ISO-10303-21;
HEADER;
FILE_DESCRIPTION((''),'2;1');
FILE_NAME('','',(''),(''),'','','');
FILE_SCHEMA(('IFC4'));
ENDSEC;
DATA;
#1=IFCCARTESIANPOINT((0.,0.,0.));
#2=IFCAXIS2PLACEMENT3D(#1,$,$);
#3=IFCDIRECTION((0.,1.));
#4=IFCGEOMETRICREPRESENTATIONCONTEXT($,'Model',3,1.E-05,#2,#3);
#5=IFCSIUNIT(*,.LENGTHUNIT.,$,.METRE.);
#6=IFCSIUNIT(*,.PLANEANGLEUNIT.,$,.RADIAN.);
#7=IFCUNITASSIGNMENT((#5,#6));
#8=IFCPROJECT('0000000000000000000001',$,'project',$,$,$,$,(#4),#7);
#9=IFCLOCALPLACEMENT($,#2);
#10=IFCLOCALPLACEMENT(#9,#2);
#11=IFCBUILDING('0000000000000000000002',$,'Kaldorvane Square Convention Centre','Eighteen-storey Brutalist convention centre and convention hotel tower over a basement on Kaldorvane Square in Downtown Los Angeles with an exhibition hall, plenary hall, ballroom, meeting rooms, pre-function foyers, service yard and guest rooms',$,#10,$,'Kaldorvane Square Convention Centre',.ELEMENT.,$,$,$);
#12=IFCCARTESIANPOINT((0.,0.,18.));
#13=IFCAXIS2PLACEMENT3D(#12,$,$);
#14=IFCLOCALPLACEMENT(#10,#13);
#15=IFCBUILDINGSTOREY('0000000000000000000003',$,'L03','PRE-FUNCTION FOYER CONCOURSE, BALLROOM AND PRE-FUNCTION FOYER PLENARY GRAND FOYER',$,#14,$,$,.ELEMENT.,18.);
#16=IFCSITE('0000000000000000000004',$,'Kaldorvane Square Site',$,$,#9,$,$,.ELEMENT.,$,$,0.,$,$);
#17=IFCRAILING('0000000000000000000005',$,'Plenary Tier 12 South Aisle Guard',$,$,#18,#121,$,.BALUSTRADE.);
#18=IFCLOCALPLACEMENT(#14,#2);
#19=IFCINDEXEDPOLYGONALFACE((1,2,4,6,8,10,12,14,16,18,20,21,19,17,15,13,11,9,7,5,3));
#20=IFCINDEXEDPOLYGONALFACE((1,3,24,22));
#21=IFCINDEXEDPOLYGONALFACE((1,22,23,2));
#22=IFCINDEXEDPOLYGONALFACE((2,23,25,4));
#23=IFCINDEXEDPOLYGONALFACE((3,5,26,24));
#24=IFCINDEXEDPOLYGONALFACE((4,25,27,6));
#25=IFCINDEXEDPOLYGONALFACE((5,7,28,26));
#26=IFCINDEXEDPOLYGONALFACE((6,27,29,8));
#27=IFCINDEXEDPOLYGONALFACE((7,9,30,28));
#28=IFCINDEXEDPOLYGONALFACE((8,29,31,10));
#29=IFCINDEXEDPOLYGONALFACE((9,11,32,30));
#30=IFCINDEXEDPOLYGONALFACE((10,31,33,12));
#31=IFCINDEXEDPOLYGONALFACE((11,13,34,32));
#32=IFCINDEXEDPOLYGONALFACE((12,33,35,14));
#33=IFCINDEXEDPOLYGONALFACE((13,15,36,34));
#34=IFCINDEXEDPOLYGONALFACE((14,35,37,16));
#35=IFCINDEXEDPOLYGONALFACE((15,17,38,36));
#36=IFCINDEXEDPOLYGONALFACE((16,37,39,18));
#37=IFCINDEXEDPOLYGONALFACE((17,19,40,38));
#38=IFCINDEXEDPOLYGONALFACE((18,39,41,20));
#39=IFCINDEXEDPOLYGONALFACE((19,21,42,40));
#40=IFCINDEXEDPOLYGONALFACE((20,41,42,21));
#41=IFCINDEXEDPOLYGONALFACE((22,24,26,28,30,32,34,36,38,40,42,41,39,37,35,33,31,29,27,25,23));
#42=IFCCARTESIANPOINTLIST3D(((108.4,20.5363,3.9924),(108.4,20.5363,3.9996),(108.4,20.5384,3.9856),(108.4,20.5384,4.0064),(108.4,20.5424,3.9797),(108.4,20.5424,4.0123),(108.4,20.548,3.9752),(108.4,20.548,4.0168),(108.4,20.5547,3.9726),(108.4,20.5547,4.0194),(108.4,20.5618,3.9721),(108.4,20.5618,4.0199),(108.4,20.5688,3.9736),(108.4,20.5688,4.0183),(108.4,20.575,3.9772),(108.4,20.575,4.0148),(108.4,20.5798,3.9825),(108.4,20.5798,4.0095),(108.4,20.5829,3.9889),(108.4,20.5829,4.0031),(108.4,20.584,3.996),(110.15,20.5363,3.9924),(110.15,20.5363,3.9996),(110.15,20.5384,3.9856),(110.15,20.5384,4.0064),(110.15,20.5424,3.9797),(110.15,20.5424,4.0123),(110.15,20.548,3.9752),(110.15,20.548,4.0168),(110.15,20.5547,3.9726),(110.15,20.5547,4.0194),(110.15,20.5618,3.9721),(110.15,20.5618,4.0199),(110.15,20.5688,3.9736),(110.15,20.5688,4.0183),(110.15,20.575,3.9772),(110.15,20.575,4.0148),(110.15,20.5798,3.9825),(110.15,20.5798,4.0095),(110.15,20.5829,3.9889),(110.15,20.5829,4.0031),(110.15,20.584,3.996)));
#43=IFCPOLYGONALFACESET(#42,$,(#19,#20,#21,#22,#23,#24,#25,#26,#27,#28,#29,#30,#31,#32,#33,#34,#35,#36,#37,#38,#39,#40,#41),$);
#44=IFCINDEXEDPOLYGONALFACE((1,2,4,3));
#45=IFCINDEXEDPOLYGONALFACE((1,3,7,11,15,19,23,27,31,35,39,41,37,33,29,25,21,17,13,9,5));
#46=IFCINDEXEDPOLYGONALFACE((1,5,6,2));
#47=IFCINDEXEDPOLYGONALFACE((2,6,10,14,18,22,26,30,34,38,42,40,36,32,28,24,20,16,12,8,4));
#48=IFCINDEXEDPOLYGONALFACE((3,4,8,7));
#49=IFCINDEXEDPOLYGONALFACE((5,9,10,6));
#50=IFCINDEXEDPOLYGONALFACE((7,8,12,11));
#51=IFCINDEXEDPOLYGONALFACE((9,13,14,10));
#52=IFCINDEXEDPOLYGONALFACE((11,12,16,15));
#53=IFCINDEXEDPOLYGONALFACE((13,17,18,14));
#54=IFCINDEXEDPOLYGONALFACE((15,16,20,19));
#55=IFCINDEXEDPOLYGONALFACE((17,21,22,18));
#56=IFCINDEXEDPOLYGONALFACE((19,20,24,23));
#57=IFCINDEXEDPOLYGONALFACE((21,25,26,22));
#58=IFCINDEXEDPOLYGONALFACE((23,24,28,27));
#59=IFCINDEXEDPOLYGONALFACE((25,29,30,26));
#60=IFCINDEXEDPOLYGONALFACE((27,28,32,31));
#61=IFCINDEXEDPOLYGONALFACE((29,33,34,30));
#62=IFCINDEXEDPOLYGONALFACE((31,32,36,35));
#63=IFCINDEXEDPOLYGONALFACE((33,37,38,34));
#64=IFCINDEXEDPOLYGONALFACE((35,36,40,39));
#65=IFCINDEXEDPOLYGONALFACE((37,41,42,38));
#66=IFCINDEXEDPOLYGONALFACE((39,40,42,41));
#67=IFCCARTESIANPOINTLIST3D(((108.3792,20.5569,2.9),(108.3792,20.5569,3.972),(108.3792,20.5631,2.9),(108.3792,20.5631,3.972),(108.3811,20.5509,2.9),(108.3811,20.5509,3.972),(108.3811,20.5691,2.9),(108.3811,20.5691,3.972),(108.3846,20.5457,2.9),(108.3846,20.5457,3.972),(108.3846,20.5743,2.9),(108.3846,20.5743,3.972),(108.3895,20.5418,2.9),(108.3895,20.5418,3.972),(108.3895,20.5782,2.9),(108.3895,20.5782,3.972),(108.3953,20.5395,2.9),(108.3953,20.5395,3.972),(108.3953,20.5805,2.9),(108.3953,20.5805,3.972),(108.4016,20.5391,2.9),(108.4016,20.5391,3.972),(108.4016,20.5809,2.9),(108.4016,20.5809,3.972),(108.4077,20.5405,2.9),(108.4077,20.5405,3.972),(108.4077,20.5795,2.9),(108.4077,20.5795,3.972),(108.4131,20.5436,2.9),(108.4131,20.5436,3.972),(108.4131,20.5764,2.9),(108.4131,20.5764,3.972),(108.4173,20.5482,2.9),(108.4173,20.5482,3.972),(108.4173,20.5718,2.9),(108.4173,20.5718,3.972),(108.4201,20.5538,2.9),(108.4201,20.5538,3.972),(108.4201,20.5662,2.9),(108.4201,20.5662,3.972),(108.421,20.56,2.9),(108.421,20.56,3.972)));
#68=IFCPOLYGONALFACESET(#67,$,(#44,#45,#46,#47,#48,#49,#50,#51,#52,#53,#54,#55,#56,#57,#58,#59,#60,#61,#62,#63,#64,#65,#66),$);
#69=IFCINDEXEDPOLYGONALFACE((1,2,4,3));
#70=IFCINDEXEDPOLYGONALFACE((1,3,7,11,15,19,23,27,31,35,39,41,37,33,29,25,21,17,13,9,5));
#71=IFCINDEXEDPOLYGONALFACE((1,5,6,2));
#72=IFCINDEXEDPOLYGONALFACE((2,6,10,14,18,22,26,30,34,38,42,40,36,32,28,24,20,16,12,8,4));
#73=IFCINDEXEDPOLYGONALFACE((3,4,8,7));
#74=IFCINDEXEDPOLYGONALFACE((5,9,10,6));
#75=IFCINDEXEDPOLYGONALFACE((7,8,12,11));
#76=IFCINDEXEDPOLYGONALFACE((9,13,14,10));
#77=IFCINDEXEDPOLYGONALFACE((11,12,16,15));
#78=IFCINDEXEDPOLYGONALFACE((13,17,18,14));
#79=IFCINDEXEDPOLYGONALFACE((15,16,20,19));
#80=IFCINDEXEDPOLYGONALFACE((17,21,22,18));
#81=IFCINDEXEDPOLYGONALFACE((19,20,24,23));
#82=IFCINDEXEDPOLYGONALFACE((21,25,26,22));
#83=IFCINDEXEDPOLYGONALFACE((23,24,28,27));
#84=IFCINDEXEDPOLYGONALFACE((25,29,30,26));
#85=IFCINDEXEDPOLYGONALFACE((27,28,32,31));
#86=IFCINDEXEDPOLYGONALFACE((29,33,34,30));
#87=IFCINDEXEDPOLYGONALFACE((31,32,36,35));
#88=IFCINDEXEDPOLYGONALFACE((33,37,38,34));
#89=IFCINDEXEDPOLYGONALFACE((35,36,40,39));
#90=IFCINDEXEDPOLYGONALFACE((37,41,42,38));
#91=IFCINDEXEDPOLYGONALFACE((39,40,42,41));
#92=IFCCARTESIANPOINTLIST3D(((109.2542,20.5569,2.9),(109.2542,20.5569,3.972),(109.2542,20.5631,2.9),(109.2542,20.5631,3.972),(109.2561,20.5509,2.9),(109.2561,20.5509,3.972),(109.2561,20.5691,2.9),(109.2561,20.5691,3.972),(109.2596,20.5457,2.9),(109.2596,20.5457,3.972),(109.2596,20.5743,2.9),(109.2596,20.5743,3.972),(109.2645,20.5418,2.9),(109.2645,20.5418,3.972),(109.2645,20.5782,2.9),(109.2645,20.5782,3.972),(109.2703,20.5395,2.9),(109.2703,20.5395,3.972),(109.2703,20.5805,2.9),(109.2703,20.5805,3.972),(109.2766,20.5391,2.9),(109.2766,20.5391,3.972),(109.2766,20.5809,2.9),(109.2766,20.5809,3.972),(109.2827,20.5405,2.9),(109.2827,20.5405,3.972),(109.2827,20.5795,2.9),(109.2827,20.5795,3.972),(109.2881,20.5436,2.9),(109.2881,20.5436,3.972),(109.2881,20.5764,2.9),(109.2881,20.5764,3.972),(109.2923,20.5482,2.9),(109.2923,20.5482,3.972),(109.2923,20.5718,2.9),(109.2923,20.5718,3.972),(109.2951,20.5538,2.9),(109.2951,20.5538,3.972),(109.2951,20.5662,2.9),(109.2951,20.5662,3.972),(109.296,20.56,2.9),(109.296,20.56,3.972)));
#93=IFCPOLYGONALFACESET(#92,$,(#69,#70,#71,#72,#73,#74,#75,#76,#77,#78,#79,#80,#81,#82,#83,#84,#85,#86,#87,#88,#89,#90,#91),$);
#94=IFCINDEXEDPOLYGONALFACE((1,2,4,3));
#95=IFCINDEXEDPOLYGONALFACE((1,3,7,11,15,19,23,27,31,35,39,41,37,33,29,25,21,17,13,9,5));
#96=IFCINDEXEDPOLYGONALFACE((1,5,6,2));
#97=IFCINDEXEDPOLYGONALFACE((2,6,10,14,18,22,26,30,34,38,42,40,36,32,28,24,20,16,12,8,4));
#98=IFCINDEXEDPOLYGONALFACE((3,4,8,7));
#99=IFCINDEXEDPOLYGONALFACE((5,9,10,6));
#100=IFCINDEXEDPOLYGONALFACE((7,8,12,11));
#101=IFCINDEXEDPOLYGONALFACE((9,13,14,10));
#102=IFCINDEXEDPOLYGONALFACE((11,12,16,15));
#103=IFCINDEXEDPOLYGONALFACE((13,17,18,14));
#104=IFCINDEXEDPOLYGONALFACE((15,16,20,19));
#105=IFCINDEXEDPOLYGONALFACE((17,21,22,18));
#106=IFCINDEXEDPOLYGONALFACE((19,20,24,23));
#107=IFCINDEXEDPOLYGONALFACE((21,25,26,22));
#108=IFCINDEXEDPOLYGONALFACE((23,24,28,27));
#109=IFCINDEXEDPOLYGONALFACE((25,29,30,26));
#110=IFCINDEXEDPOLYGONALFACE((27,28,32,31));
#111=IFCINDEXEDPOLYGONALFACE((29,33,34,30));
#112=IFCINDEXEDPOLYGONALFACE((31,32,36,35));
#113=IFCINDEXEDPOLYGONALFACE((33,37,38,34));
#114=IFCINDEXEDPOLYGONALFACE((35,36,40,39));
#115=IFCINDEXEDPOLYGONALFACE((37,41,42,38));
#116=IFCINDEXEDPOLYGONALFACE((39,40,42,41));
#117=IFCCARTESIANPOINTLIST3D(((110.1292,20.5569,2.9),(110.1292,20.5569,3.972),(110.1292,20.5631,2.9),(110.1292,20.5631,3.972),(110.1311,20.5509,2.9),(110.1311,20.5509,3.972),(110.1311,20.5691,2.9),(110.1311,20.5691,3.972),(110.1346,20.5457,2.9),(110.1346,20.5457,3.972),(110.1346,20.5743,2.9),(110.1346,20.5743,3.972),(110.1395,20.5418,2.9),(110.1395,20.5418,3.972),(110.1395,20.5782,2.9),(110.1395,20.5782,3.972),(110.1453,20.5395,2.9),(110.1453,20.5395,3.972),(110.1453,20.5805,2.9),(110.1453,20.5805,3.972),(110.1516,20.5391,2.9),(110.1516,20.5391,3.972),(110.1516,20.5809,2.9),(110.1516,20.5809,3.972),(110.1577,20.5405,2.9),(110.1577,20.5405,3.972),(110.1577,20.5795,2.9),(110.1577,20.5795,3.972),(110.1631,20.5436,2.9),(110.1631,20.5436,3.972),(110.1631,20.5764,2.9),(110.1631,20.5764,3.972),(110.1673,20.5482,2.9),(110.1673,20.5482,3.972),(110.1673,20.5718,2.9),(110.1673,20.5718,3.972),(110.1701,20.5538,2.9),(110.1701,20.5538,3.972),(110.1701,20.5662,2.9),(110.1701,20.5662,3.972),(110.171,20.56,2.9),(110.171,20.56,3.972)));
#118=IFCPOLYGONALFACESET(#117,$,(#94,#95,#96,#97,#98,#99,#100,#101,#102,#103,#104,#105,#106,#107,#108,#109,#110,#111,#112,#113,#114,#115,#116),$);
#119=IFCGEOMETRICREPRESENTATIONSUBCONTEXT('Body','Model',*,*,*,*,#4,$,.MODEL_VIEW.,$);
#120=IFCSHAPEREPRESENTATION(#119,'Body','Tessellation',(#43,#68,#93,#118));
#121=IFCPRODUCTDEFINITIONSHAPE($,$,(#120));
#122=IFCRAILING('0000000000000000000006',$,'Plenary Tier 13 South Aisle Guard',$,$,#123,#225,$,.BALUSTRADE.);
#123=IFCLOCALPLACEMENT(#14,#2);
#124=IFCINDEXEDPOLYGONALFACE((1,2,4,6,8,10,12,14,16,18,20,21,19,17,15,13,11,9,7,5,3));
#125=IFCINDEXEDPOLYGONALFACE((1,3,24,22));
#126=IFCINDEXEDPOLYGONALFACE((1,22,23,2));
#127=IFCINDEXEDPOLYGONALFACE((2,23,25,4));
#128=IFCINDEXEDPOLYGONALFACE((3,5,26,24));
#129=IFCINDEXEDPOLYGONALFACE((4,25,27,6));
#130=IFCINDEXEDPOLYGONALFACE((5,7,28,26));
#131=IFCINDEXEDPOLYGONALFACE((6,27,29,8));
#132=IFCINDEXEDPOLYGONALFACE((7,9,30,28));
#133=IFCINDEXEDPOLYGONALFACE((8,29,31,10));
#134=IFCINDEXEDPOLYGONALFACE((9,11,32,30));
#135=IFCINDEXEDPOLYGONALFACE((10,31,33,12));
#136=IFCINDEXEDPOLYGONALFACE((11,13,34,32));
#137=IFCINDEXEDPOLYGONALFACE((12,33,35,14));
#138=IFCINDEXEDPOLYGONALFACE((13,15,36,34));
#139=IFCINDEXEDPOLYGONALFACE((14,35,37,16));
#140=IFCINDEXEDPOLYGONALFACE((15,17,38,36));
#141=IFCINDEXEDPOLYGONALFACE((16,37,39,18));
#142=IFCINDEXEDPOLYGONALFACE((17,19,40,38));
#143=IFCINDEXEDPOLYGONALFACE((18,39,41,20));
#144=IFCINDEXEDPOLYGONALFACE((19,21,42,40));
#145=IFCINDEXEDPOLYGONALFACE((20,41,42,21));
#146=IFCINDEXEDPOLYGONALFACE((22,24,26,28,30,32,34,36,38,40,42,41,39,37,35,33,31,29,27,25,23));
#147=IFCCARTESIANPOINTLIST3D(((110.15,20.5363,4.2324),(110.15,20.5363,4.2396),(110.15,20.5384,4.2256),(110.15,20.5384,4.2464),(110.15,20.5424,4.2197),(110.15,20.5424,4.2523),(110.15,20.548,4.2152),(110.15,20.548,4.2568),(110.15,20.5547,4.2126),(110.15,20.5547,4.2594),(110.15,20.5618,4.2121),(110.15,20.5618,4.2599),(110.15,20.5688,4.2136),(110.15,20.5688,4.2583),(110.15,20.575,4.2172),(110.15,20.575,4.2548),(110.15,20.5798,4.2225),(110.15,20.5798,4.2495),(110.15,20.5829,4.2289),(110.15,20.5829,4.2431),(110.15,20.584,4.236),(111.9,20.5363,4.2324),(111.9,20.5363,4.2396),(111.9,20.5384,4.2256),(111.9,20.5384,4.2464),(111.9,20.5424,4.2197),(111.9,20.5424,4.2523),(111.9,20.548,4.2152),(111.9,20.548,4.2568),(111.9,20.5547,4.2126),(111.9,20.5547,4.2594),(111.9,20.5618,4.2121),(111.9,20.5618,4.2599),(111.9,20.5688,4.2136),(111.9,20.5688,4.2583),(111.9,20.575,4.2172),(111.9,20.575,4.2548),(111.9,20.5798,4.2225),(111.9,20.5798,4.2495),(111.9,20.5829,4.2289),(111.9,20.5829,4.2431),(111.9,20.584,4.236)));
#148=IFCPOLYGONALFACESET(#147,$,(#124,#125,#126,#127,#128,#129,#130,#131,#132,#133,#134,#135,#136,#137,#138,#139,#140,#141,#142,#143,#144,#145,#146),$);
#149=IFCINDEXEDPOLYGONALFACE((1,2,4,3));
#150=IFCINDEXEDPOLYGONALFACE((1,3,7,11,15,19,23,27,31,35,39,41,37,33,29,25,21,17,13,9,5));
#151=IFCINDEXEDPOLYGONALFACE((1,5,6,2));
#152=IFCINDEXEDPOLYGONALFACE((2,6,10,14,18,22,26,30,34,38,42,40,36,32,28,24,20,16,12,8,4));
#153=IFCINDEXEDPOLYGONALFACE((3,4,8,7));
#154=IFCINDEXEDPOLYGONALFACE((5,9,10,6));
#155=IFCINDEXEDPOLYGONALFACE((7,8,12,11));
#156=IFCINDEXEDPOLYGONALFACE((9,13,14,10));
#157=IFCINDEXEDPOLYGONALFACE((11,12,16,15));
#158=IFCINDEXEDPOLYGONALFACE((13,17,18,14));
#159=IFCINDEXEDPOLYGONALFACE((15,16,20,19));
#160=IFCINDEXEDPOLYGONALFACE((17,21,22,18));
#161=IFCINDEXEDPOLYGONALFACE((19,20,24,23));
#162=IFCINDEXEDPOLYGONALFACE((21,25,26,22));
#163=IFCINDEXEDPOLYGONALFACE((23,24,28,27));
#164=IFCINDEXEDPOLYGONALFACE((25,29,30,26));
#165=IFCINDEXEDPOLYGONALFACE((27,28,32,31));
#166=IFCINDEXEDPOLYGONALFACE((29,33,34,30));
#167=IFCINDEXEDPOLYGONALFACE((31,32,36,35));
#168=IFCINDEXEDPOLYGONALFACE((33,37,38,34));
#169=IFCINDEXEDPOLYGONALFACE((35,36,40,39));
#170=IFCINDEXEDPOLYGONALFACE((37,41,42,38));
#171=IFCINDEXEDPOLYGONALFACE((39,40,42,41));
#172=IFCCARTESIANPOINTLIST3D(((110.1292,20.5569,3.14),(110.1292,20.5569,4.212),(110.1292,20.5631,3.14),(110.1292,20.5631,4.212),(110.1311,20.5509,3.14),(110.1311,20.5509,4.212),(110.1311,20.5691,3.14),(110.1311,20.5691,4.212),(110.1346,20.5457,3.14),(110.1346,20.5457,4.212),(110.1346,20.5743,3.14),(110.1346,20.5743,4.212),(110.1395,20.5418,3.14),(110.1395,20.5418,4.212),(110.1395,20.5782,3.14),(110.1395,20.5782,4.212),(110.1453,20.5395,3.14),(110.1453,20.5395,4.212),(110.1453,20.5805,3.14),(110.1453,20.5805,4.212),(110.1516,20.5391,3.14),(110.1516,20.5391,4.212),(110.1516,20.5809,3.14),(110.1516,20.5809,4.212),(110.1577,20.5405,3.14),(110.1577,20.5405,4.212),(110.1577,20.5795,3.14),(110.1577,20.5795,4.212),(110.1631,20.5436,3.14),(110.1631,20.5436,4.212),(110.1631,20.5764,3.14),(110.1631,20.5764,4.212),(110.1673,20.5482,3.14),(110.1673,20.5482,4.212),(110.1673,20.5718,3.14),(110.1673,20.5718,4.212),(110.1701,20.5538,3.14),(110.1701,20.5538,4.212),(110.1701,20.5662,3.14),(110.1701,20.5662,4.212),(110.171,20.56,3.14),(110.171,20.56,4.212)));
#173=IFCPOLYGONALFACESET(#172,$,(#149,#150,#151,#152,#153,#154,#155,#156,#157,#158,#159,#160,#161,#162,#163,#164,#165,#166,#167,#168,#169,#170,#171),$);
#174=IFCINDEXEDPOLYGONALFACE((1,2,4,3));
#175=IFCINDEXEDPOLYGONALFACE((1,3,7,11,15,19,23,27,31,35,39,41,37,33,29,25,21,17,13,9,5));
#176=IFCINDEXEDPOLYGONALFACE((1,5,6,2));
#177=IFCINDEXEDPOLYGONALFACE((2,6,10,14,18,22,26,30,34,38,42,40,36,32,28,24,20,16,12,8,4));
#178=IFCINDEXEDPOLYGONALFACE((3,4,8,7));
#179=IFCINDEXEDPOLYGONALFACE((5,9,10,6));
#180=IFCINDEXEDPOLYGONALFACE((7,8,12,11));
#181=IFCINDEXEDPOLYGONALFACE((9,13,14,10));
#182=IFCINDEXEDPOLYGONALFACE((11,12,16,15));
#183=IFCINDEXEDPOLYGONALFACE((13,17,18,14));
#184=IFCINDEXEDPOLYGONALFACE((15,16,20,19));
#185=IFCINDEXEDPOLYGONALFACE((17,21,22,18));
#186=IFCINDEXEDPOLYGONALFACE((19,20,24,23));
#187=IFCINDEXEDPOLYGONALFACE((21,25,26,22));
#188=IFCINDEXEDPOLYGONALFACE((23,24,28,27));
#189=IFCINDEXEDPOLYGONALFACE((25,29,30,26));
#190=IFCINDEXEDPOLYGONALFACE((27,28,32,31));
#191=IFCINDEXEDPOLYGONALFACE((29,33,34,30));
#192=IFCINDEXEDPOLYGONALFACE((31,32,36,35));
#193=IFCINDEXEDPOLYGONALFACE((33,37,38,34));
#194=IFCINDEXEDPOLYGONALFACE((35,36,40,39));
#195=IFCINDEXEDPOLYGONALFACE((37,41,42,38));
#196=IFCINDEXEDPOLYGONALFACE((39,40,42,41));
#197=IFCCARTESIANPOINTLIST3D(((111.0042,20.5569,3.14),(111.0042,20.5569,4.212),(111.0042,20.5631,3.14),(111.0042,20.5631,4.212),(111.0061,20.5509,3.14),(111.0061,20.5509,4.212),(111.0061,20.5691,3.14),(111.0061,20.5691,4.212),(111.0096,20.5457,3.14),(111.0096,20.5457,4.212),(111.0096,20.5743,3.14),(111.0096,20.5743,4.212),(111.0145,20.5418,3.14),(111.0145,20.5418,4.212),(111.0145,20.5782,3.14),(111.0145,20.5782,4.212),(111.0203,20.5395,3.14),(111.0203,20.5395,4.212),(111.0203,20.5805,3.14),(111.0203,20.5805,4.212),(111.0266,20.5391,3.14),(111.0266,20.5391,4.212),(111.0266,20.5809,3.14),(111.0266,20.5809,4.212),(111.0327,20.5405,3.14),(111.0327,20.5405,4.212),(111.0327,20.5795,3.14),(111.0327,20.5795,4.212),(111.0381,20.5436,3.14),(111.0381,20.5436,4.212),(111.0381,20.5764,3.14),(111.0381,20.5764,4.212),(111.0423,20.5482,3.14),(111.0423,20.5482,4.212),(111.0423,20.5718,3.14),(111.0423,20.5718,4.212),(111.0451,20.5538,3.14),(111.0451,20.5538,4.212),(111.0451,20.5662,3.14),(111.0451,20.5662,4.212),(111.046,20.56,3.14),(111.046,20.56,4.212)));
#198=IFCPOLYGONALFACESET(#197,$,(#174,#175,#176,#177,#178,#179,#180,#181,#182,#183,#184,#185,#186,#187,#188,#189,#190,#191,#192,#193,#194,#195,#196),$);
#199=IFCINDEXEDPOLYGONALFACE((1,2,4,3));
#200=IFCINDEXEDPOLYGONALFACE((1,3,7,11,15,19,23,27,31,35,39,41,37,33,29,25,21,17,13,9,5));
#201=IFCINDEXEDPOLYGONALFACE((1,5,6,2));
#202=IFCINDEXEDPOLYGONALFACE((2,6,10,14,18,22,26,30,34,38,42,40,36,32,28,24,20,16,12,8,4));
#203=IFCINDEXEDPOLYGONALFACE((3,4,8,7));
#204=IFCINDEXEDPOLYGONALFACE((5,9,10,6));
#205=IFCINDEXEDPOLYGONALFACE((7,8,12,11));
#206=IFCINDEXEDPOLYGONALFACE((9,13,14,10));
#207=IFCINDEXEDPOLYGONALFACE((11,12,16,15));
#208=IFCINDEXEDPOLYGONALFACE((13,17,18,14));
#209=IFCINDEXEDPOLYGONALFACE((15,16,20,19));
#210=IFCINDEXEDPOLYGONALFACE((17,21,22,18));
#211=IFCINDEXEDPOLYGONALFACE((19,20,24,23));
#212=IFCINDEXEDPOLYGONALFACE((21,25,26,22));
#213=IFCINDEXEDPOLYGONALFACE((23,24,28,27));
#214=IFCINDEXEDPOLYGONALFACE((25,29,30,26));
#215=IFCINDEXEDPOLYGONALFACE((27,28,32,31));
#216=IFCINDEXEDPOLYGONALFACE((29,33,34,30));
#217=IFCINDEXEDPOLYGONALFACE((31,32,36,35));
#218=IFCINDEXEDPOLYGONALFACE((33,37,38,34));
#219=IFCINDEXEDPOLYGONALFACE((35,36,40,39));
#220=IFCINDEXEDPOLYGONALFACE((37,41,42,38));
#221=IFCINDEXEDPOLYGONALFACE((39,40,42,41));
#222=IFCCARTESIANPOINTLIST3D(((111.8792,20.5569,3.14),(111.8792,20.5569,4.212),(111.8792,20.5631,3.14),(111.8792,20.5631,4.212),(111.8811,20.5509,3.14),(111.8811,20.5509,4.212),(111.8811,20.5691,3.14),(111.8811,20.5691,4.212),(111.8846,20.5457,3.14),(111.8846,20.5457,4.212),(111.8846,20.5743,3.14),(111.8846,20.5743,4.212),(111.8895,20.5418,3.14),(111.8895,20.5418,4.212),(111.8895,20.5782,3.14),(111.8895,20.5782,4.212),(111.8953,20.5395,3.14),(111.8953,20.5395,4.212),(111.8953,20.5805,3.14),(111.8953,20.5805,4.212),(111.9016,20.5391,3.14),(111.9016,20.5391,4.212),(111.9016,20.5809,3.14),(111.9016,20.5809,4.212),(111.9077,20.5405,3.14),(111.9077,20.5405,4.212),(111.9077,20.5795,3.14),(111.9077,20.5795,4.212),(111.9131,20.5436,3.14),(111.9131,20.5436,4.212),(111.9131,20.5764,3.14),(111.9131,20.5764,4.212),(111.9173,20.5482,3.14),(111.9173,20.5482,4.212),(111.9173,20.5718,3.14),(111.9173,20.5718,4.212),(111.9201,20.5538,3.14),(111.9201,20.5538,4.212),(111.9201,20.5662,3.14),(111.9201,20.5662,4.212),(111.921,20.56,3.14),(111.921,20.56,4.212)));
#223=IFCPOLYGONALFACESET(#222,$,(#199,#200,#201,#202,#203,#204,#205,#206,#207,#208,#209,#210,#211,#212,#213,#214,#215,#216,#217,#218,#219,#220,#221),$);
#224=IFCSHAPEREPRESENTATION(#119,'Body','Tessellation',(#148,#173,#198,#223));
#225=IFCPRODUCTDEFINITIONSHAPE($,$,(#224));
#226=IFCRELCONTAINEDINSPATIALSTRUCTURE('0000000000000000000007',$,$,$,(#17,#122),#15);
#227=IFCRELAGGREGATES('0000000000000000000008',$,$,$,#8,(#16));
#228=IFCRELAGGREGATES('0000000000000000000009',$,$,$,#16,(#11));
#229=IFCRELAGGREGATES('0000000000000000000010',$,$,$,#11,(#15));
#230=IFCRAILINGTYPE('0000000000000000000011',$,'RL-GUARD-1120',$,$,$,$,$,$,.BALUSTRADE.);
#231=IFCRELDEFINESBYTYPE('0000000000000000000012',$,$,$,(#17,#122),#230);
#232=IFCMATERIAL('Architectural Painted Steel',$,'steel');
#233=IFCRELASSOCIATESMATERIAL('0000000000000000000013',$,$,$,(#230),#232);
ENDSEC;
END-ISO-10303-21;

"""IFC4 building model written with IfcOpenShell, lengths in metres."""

from ifc_helpers import new_model, si_unit, direction, frame, origin, origin_2d, place, context, subcontext, project, spatial, circle, extrude, material, type_object, element, save


model = new_model("IFC4")

# Units and contexts
model_context = context("Model", 3, precision=1e-05, world=origin(), true_north=direction((0.0, 1.0)))
body_context = subcontext(model_context, "Body", "Model", "MODEL_VIEW")
ifc_project = project(units=[si_unit("LENGTHUNIT", "METRE"), si_unit("PLANEANGLEUNIT", "RADIAN")], contexts=[model_context])

# Site, building, storey
site_placement = place(None, origin())
site = spatial("IfcSite", under=ifc_project, at=site_placement, Name="Kaldorvane Square Site", CompositionType="ELEMENT", RefElevation=0.0)
building_placement = place(site_placement, origin())
building = spatial("IfcBuilding", under=site, at=building_placement, Name="Kaldorvane Square Convention Centre", Description="Eighteen-storey Brutalist convention centre and convention hotel tower over a basement on Kaldorvane Square in Downtown Los Angeles with an exhibition hall, plenary hall, ballroom, meeting rooms, pre-function foyers, service yard and guest rooms", LongName="Kaldorvane Square Convention Centre", CompositionType="ELEMENT")
storey_placement = place(building_placement, frame((0.0, 0.0, 18.0)))
storey = spatial("IfcBuildingStorey", under=building, at=storey_placement, Name="L03", Description="PRE-FUNCTION FOYER CONCOURSE, BALLROOM AND PRE-FUNCTION FOYER PLENARY GRAND FOYER", CompositionType="ELEMENT", Elevation=18.0)

# Railings
ifc_material_1 = material(Name="Architectural Painted Steel", Category="steel")
railing_type = type_object("IfcRailingType", Name="RL-GUARD-1120", PredefinedType="BALUSTRADE", material=ifc_material_1)
for number, where, name in (
    (1, (108.4, 20.56, 2.9), "Plenary Tier 12 South Aisle Guard"),
    (2, (110.15, 20.56, 3.14), "Plenary Tier 13 South Aisle Guard"),
):
    element("IfcRailing", number, at=place(storey_placement, frame(where)), inside=storey, type_object=railing_type, Name=name, PredefinedType="BALUSTRADE", context=body_context, shape_type="SweptSolid", body=[
        extrude(circle(Radius=0.024, at=origin_2d()), frame((0.0, 0.0, 1.096), z_axis=(1.0, 0.0, 0.0), x_axis=(0.0, 1.0, 0.0)), (0.0, 0.0, 1.0), 1.75),
        extrude(circle(Radius=0.021, at=origin_2d()), origin(), (0.0, 0.0, 1.0), 1.072),
        extrude(circle(Radius=0.021, at=origin_2d()), frame((0.875, 0.0, 0.0)), (0.0, 0.0, 1.0), 1.072),
        extrude(circle(Radius=0.021, at=origin_2d()), frame((1.75, 0.0, 0.0)), (0.0, 0.0, 1.0), 1.072),
    ])

save(model, "model.ifc")
